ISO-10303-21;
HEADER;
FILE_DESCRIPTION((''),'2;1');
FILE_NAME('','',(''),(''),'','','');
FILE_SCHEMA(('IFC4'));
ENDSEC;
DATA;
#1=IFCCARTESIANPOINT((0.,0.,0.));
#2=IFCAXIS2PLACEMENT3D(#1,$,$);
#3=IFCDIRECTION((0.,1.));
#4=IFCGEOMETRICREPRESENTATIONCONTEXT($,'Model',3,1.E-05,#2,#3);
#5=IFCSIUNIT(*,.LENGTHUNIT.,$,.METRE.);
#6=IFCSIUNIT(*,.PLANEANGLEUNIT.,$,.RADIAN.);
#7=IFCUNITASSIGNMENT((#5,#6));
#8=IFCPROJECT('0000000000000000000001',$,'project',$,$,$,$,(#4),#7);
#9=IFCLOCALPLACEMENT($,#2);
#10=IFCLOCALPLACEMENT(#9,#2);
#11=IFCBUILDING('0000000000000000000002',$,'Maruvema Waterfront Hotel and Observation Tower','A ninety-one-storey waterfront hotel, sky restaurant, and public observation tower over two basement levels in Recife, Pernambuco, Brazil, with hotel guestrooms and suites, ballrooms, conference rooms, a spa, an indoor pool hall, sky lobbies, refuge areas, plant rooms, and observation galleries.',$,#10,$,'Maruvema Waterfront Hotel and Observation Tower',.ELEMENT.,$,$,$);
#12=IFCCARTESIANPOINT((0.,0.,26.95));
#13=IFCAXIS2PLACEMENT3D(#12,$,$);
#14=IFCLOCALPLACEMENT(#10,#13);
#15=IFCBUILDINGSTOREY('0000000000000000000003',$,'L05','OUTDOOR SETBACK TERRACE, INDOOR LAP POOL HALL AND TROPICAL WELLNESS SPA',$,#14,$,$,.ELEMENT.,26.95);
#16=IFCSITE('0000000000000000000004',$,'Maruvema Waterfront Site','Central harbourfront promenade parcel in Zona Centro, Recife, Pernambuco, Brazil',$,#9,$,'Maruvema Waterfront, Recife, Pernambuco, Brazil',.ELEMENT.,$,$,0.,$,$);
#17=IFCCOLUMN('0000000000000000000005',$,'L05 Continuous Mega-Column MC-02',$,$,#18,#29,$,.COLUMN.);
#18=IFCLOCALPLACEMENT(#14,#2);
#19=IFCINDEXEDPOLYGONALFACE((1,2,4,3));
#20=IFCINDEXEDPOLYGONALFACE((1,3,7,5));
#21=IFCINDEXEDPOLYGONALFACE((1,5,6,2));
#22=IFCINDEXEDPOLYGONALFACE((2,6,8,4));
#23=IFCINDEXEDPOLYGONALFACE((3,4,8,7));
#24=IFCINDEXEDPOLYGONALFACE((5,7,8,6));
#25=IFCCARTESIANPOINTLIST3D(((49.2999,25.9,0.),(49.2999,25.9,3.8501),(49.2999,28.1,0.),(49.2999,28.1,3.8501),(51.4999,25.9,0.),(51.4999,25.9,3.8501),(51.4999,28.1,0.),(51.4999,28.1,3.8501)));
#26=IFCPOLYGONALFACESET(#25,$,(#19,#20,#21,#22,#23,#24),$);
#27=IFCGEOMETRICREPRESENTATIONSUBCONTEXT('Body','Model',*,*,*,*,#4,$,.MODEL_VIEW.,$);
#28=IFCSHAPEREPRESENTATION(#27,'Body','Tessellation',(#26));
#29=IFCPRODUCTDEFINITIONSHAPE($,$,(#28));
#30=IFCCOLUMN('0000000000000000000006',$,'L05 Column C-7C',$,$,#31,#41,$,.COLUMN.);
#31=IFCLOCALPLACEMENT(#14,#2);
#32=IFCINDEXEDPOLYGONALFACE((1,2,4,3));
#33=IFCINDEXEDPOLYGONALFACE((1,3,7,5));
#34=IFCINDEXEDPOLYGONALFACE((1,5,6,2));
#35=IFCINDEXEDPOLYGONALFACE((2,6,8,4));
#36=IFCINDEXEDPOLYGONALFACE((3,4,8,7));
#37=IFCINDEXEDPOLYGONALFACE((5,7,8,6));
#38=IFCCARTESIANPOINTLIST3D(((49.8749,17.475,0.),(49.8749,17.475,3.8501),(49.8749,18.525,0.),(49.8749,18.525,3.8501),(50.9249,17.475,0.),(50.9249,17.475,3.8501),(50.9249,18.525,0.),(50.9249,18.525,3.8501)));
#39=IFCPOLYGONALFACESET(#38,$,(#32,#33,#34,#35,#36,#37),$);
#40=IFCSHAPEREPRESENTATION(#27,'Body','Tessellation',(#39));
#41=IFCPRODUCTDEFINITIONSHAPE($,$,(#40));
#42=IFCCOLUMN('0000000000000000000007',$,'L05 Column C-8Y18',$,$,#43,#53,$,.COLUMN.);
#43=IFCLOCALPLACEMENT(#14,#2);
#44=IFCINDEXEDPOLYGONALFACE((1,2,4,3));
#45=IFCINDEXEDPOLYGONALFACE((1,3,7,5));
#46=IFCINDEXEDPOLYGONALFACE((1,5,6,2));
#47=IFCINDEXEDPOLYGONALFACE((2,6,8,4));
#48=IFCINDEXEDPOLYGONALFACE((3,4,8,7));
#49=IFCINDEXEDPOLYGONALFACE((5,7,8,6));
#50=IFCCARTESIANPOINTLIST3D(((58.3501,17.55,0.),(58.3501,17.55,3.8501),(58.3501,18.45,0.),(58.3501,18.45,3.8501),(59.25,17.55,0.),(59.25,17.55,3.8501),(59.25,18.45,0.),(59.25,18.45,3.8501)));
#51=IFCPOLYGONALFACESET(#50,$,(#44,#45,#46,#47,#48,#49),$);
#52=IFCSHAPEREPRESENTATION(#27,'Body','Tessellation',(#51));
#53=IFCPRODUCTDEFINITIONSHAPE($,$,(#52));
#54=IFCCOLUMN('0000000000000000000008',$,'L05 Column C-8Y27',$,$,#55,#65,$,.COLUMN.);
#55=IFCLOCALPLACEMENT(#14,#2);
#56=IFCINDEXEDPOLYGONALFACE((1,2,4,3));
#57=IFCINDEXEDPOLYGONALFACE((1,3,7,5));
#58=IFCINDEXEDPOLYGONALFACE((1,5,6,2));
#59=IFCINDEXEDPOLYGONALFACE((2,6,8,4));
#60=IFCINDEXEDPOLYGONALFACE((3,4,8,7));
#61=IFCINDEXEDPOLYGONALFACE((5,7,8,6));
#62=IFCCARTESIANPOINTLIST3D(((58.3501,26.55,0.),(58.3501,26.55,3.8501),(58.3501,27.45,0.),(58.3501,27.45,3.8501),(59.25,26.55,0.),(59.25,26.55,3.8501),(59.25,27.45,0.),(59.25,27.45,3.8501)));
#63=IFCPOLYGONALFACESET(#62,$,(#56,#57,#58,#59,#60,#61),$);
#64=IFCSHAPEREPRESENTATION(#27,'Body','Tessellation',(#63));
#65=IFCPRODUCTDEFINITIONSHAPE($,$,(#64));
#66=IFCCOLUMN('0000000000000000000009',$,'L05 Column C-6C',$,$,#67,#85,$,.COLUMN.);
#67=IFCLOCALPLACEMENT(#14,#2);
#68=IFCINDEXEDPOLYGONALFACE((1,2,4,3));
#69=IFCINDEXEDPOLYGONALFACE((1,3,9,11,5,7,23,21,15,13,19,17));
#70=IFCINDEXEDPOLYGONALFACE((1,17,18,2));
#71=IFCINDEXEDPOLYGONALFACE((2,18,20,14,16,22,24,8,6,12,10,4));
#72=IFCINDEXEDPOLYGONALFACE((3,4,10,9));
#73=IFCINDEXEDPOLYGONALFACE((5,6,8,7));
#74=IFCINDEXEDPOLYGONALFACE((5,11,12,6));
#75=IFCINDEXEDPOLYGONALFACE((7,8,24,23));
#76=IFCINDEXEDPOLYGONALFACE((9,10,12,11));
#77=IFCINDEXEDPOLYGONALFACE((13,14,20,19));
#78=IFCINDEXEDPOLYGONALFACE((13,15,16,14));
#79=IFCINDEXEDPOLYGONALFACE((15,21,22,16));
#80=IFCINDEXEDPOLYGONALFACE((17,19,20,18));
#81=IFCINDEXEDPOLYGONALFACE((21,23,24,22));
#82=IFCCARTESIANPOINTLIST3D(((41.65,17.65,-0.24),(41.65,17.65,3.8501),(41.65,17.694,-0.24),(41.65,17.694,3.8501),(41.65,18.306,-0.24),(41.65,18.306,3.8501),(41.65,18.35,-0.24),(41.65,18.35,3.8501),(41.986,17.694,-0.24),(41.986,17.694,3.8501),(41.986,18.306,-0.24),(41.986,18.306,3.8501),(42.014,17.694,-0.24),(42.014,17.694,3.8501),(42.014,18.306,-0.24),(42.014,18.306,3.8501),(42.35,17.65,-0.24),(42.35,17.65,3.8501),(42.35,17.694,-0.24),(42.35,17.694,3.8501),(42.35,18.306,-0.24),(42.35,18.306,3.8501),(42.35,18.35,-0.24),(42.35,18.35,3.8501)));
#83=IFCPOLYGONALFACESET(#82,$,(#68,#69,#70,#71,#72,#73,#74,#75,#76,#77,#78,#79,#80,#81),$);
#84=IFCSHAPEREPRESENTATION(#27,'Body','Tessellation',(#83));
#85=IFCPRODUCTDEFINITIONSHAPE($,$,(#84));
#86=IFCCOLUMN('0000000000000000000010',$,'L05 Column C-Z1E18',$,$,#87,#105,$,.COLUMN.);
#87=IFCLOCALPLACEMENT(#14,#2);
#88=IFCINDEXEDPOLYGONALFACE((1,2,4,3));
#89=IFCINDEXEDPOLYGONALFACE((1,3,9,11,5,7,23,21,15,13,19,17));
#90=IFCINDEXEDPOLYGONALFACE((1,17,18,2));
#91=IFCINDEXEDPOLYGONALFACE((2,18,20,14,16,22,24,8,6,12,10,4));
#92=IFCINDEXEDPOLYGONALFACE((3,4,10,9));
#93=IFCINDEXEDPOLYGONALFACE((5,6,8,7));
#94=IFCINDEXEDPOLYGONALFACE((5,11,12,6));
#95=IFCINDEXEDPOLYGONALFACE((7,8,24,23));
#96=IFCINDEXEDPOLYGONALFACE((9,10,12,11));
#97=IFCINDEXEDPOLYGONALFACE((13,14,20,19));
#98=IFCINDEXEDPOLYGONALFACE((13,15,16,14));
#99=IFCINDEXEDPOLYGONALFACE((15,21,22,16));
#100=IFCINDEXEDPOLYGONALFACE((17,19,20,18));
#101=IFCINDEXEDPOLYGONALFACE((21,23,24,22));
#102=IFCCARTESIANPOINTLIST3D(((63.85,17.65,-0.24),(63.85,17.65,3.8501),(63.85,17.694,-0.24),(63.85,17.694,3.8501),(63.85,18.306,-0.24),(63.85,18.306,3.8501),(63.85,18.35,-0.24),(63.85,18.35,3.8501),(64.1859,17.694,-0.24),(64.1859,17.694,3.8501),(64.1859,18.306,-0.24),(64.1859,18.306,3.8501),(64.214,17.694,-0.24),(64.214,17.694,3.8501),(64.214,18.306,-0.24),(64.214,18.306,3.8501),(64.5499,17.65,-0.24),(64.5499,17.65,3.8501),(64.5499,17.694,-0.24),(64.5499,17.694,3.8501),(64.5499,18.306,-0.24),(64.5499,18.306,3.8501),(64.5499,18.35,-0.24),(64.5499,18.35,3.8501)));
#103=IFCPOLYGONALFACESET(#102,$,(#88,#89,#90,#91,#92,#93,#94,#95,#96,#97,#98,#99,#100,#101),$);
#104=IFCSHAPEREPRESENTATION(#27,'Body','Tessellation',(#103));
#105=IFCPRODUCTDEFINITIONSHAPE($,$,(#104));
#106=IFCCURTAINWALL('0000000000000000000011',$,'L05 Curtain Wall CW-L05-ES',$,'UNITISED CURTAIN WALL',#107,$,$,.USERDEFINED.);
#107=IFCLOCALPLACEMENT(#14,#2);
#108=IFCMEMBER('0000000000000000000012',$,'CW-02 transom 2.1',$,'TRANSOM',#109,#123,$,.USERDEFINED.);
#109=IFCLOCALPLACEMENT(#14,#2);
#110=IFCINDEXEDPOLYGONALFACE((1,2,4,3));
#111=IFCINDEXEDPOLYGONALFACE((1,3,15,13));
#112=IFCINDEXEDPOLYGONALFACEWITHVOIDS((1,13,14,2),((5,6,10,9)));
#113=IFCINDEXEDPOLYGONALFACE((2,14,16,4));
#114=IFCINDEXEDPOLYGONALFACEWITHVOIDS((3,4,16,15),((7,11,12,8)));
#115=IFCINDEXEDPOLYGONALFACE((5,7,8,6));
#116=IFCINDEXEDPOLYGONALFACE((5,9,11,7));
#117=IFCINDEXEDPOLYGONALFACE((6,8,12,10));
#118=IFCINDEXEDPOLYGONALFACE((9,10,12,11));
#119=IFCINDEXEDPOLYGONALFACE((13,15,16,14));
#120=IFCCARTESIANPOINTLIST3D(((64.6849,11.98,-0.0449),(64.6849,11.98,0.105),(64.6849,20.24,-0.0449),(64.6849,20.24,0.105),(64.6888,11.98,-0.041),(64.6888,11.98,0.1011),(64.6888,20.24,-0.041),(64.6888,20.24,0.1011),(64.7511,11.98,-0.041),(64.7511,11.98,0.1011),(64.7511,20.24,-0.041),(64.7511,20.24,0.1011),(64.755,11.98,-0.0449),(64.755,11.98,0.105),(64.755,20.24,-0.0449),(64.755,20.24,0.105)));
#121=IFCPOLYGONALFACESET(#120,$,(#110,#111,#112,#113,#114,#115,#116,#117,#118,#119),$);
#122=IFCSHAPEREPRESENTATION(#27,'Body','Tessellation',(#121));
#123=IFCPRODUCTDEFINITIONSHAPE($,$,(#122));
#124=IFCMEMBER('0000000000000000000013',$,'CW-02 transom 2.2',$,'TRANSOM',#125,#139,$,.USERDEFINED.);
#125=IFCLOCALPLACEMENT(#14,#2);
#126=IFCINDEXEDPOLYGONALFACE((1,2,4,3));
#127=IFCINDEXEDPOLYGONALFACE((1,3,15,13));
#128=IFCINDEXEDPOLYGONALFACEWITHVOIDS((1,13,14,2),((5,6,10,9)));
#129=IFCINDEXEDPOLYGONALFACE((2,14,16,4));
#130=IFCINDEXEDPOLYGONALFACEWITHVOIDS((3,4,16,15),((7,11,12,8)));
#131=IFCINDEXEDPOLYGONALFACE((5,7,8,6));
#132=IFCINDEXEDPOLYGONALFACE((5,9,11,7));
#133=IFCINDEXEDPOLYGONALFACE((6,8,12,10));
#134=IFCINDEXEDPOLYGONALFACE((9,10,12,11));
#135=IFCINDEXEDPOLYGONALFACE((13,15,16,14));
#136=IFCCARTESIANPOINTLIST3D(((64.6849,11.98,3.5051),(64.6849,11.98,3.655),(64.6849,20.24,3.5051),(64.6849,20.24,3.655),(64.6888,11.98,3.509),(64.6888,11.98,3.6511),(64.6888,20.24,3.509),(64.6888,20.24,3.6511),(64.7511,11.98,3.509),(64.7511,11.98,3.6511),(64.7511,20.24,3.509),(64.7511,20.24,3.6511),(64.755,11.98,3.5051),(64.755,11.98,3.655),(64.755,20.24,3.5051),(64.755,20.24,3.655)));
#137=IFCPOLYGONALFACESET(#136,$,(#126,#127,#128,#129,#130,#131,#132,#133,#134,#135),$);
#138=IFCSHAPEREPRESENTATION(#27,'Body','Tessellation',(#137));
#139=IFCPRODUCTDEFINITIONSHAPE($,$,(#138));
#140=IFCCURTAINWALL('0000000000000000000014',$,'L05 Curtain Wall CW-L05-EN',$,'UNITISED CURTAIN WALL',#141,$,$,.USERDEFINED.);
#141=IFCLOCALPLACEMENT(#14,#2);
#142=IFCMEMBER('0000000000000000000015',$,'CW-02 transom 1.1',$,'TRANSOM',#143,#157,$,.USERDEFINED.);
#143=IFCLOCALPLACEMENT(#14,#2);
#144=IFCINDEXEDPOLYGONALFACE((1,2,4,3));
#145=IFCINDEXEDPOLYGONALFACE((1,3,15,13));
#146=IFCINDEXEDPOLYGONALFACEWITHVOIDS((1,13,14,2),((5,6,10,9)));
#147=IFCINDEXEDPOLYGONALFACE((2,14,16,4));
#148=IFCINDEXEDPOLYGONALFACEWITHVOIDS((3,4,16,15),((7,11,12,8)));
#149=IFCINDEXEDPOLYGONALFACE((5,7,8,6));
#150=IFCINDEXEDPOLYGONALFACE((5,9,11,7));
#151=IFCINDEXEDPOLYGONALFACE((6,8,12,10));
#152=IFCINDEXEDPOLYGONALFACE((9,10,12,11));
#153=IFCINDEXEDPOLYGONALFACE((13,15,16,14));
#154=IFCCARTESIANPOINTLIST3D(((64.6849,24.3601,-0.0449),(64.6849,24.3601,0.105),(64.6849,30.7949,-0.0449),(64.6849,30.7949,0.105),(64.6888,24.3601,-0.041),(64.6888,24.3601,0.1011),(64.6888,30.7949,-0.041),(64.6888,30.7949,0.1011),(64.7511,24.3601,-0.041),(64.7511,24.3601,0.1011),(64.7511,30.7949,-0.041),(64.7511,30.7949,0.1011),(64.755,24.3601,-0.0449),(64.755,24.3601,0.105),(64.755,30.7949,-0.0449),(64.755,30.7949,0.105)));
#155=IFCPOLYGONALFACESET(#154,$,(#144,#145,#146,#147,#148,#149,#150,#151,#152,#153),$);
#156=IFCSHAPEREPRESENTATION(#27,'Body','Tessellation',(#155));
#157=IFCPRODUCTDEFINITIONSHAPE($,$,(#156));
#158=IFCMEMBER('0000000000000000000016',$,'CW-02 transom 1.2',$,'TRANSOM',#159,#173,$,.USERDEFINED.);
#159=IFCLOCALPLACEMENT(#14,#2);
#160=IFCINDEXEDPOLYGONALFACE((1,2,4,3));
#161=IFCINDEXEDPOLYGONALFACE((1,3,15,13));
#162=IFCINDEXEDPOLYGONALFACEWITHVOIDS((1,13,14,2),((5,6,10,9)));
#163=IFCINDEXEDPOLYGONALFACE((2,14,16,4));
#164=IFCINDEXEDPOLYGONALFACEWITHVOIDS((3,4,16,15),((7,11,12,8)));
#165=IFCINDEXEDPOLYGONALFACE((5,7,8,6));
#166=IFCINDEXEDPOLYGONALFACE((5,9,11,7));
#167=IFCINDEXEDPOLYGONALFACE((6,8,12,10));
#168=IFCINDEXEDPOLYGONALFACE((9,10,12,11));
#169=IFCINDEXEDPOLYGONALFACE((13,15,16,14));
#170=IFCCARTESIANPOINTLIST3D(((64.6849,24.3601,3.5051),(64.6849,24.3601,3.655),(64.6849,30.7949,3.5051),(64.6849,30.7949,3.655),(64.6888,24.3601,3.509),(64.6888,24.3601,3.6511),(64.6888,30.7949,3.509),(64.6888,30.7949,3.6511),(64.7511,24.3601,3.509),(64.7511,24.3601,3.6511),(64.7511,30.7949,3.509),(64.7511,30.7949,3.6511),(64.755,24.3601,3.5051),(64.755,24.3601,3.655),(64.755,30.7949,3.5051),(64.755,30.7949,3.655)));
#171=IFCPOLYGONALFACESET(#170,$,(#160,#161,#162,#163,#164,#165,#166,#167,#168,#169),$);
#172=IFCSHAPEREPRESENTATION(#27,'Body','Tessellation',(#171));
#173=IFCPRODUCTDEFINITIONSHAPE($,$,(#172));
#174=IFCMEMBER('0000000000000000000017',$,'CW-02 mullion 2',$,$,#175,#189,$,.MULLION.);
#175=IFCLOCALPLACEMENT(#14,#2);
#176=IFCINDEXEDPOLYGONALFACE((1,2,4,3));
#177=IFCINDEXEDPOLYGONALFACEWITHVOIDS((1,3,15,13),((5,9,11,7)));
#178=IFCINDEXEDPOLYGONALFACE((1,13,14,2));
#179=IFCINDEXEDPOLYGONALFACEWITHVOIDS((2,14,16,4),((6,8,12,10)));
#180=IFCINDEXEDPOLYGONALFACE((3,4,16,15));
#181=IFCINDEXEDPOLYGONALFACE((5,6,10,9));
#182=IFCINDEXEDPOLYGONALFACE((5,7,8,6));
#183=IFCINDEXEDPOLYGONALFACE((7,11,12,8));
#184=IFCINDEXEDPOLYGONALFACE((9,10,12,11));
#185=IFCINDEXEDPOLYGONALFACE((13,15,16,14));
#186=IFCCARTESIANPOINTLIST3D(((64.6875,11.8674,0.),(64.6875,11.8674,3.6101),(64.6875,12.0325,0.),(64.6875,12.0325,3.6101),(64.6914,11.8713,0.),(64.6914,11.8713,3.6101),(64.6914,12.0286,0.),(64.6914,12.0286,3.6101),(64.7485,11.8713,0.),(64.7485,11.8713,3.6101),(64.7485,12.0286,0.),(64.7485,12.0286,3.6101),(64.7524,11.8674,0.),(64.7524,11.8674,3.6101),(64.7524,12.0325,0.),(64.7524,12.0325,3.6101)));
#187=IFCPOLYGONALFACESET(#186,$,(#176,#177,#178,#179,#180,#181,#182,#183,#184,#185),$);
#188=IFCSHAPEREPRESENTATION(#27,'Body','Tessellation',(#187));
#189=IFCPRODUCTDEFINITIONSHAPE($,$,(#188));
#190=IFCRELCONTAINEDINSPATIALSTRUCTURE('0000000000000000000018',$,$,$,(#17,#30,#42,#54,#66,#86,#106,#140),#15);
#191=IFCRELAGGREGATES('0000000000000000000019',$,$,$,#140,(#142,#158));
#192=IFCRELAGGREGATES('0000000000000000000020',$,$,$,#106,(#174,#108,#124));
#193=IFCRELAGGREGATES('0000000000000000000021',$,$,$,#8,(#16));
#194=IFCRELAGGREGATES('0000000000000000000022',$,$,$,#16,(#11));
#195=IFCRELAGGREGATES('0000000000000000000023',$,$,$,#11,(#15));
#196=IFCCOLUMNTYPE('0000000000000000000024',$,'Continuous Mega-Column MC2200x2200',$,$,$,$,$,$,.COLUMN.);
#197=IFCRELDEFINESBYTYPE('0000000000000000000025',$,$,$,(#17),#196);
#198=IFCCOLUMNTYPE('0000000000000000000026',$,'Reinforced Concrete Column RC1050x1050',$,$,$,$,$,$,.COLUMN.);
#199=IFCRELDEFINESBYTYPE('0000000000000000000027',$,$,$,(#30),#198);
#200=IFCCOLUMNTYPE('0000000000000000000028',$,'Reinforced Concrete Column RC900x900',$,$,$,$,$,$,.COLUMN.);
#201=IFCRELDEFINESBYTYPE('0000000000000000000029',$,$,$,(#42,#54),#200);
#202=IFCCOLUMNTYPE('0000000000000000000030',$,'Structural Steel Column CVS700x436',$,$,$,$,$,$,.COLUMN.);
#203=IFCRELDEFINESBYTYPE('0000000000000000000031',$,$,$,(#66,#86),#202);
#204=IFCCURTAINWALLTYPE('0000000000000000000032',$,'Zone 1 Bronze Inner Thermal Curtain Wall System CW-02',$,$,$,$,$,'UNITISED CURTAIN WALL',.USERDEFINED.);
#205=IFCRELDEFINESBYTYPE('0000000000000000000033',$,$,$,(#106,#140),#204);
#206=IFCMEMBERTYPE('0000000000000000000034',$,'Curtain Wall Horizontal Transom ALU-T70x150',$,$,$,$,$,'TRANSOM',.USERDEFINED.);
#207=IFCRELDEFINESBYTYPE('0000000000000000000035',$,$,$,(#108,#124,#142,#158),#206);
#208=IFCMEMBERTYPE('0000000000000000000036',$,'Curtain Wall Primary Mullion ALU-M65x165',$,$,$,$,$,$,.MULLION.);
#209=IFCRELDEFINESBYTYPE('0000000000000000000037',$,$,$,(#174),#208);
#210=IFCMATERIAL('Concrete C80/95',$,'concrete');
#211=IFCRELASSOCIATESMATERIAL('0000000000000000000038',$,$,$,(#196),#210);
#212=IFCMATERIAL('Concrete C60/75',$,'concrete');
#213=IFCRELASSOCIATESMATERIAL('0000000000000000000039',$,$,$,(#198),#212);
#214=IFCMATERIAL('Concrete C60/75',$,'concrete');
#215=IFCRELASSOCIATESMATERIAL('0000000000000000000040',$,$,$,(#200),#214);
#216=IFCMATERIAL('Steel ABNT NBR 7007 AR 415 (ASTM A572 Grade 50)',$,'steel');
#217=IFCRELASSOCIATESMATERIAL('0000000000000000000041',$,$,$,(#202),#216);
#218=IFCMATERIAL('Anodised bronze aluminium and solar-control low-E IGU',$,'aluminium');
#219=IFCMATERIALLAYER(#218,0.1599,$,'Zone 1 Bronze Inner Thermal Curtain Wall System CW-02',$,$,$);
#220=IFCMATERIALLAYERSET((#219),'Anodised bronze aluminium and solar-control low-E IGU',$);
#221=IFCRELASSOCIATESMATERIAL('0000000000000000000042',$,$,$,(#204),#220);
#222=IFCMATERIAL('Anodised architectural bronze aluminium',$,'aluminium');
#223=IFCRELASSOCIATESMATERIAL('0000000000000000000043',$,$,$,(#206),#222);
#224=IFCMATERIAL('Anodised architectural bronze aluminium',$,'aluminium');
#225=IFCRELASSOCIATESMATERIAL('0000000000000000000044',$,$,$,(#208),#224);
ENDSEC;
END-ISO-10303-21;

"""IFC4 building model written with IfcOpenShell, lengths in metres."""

from ifc_helpers import new_model, si_unit, direction, frame, origin, origin_2d, place, context, subcontext, project, spatial, rectangle, hollow_rectangle, i_section, extrude, material, layer, layer_set, material_profile, profile_set, type_object, element, aggregate, save


model = new_model("IFC4")

# Units and contexts
model_context = context("Model", 3, precision=1e-05, world=origin(), true_north=direction((0.0, 1.0)))
body_context = subcontext(model_context, "Body", "Model", "MODEL_VIEW")
ifc_project = project(units=[si_unit("LENGTHUNIT", "METRE"), si_unit("PLANEANGLEUNIT", "RADIAN")], contexts=[model_context])

# Site, building, storey
site_placement = place(None, origin())
site = spatial("IfcSite", under=ifc_project, at=site_placement, Name="Maruvema Waterfront Site", Description="Central harbourfront promenade parcel in Zona Centro, Recife, Pernambuco, Brazil", LongName="Maruvema Waterfront, Recife, Pernambuco, Brazil", CompositionType="ELEMENT", RefElevation=0.0)
building_placement = place(site_placement, origin())
building = spatial("IfcBuilding", under=site, at=building_placement, Name="Maruvema Waterfront Hotel and Observation Tower", Description="A ninety-one-storey waterfront hotel, sky restaurant, and public observation tower over two basement levels in Recife, Pernambuco, Brazil, with hotel guestrooms and suites, ballrooms, conference rooms, a spa, an indoor pool hall, sky lobbies, refuge areas, plant rooms, and observation galleries.", LongName="Maruvema Waterfront Hotel and Observation Tower", CompositionType="ELEMENT")
storey_placement = place(building_placement, frame((0.0, 0.0, 26.95)))
storey = spatial("IfcBuildingStorey", under=building, at=storey_placement, Name="L05", Description="OUTDOOR SETBACK TERRACE, INDOOR LAP POOL HALL AND TROPICAL WELLNESS SPA", CompositionType="ELEMENT", Elevation=26.95)

# Columns
ifc_material_1 = material(Name="Concrete C80/95", Category="concrete")
ifc_material_profile_1 = material_profile(ifc_material_1, rectangle(XDim=2.2, YDim=2.2, at=origin_2d()), Name="MC2200x2200")
ifc_profile_set_1 = profile_set([ifc_material_profile_1], Name="Concrete C80/95")
column_type_1 = type_object("IfcColumnType", Name="Continuous Mega-Column MC2200x2200", PredefinedType="COLUMN", material=ifc_profile_set_1)
column_1_placement = place(storey_placement, frame((50.3999, 27.0, 0.0), z_axis=(0.0, 0.0, 1.0), x_axis=(1.0, 0.0, 0.0)))
element("IfcColumn", 1, at=column_1_placement, inside=storey, type_object=column_type_1, Name="L05 Continuous Mega-Column MC-02", PredefinedType="COLUMN", context=body_context, shape_type="SweptSolid", body=[
    extrude(rectangle(XDim=2.2, YDim=2.2, at=origin_2d()), origin(), (0.0, 0.0, 1.0), 3.8501),
])
ifc_material_2 = material(Name="Concrete C60/75", Category="concrete")
ifc_material_profile_2 = material_profile(ifc_material_2, rectangle(XDim=1.05, YDim=1.05, at=origin_2d()), Name="RC1050x1050")
ifc_profile_set_2 = profile_set([ifc_material_profile_2], Name="Concrete C60/75")
column_type_2 = type_object("IfcColumnType", Name="Reinforced Concrete Column RC1050x1050", PredefinedType="COLUMN", material=ifc_profile_set_2)
column_2_placement = place(storey_placement, frame((50.3999, 18.0, 0.0), z_axis=(0.0, 0.0, 1.0), x_axis=(1.0, 0.0, 0.0)))
element("IfcColumn", 2, at=column_2_placement, inside=storey, type_object=column_type_2, Name="L05 Column C-7C", PredefinedType="COLUMN", context=body_context, shape_type="SweptSolid", body=[
    extrude(rectangle(XDim=1.05, YDim=1.05, at=origin_2d()), origin(), (0.0, 0.0, 1.0), 3.8501),
])
ifc_material_3 = material(Name="Concrete C60/75", Category="concrete")
ifc_material_profile_3 = material_profile(ifc_material_3, rectangle(XDim=0.8999, YDim=0.8999, at=origin_2d()), Name="RC900x900")
ifc_profile_set_3 = profile_set([ifc_material_profile_3], Name="Concrete C60/75")
column_type_3 = type_object("IfcColumnType", Name="Reinforced Concrete Column RC900x900", PredefinedType="COLUMN", material=ifc_profile_set_3)
for number, where, z_axis, x_axis, name in (
    (3, (58.8, 18.0, 0.0), (0.0, 0.0, 1.0), (1.0, 0.0, 0.0), "L05 Column C-8Y18"),
    (4, (58.8, 27.0, 0.0), (0.0, 0.0, 1.0), (1.0, 0.0, 0.0), "L05 Column C-8Y27"),
):
    element("IfcColumn", number, at=place(storey_placement, frame(where, z_axis=z_axis, x_axis=x_axis)), inside=storey, type_object=column_type_3, Name=name, PredefinedType="COLUMN", context=body_context, shape_type="SweptSolid", body=[
        extrude(rectangle(XDim=0.8999, YDim=0.8999, at=origin_2d()), origin(), (0.0, 0.0, 1.0), 3.8501),
    ])
ifc_material_4 = material(Name="Steel ABNT NBR 7007 AR 415 (ASTM A572 Grade 50)", Category="steel")
ifc_material_profile_4 = material_profile(ifc_material_4, i_section(OverallWidth=0.7, OverallDepth=0.7, WebThickness=0.0281, FlangeThickness=0.0439, at=origin_2d()), Name="CVS700x436")
ifc_profile_set_4 = profile_set([ifc_material_profile_4], Name="Steel ABNT NBR 7007 AR 415 (ASTM A572 Grade 50)")
column_type_4 = type_object("IfcColumnType", Name="Structural Steel Column CVS700x436", PredefinedType="COLUMN", material=ifc_profile_set_4)
for number, where, z_axis, x_axis, name in (
    (5, (42.0, 18.0, -0.24), (0.0, 0.0, 1.0), (1.0, 0.0, 0.0), "L05 Column C-6C"),
    (6, (64.2, 18.0, -0.24), (0.0, 0.0, 1.0), (1.0, 0.0, 0.0), "L05 Column C-Z1E18"),
):
    element("IfcColumn", number, at=place(storey_placement, frame(where, z_axis=z_axis, x_axis=x_axis)), inside=storey, type_object=column_type_4, Name=name, PredefinedType="COLUMN", context=body_context, shape_type="SweptSolid", body=[
        extrude(i_section(OverallWidth=0.7, OverallDepth=0.7, WebThickness=0.0281, FlangeThickness=0.0439, at=origin_2d()), origin(), (0.0, 0.0, 1.0), 4.0901),
    ])

# Curtain walls, members
ifc_material_5 = material(Name="Anodised bronze aluminium and solar-control low-E IGU", Category="aluminium")
ifc_layer_1 = layer(ifc_material_5, 0.1599, Name="Zone 1 Bronze Inner Thermal Curtain Wall System CW-02")
ifc_layer_set_1 = layer_set([ifc_layer_1], Name="Anodised bronze aluminium and solar-control low-E IGU")
curtain_wall_type = type_object("IfcCurtainWallType", Name="Zone 1 Bronze Inner Thermal Curtain Wall System CW-02", ElementType="UNITISED CURTAIN WALL", PredefinedType="USERDEFINED", material=ifc_layer_set_1)
curtain_wall_1_placement = place(storey_placement, origin())
curtain_wall_1 = element("IfcCurtainWall", 7, at=curtain_wall_1_placement, inside=storey, type_object=curtain_wall_type, Name="L05 Curtain Wall CW-L05-ES", ObjectType="UNITISED CURTAIN WALL", PredefinedType="USERDEFINED")
ifc_material_6 = material(Name="Anodised architectural bronze aluminium", Category="aluminium")
ifc_material_profile_5 = material_profile(ifc_material_6, hollow_rectangle(XDim=0.0701, YDim=0.1499, WallThickness=0.0039, at=origin_2d()), Name="ALU-T70x150")
ifc_profile_set_5 = profile_set([ifc_material_profile_5], Name="Anodised architectural bronze aluminium")
member_type_1 = type_object("IfcMemberType", Name="Curtain Wall Horizontal Transom ALU-T70x150", ElementType="TRANSOM", PredefinedType="USERDEFINED", material=ifc_profile_set_5)
member_1_placement = place(storey_placement, frame((64.72, 11.98, 0.03), z_axis=(0.0, 1.0, 0.0), x_axis=(-1.0, 0.0, 0.0)))
member_1 = element("IfcMember", 8, at=member_1_placement, type_object=member_type_1, Name="CW-02 transom 2.1", ObjectType="TRANSOM", PredefinedType="USERDEFINED", context=body_context, shape_type="SweptSolid", body=[
    extrude(hollow_rectangle(XDim=0.0701, YDim=0.1499, WallThickness=0.0039, at=origin_2d()), origin(), (0.0, 0.0, 1.0), 8.26),
])
member_2_placement = place(storey_placement, frame((64.72, 11.98, 3.5801), z_axis=(0.0, 1.0, 0.0), x_axis=(-1.0, 0.0, 0.0)))
member_2 = element("IfcMember", 9, at=member_2_placement, type_object=member_type_1, Name="CW-02 transom 2.2", ObjectType="TRANSOM", PredefinedType="USERDEFINED", context=body_context, shape_type="SweptSolid", body=[
    extrude(hollow_rectangle(XDim=0.0701, YDim=0.1499, WallThickness=0.0039, at=origin_2d()), origin(), (0.0, 0.0, 1.0), 8.26),
])
curtain_wall_2_placement = place(storey_placement, origin())
curtain_wall_2 = element("IfcCurtainWall", 10, at=curtain_wall_2_placement, inside=storey, type_object=curtain_wall_type, Name="L05 Curtain Wall CW-L05-EN", ObjectType="UNITISED CURTAIN WALL", PredefinedType="USERDEFINED")
member_3_placement = place(storey_placement, frame((64.72, 24.3601, 0.03), z_axis=(0.0, 1.0, 0.0), x_axis=(-1.0, 0.0, 0.0)))
member_3 = element("IfcMember", 11, at=member_3_placement, type_object=member_type_1, Name="CW-02 transom 1.1", ObjectType="TRANSOM", PredefinedType="USERDEFINED", context=body_context, shape_type="SweptSolid", body=[
    extrude(hollow_rectangle(XDim=0.0701, YDim=0.1499, WallThickness=0.0039, at=origin_2d()), origin(), (0.0, 0.0, 1.0), 6.4348),
])
member_4_placement = place(storey_placement, frame((64.72, 24.3601, 3.5801), z_axis=(0.0, 1.0, 0.0), x_axis=(-1.0, 0.0, 0.0)))
member_4 = element("IfcMember", 12, at=member_4_placement, type_object=member_type_1, Name="CW-02 transom 1.2", ObjectType="TRANSOM", PredefinedType="USERDEFINED", context=body_context, shape_type="SweptSolid", body=[
    extrude(hollow_rectangle(XDim=0.0701, YDim=0.1499, WallThickness=0.0039, at=origin_2d()), origin(), (0.0, 0.0, 1.0), 6.4348),
])

# Member
ifc_material_7 = material(Name="Anodised architectural bronze aluminium", Category="aluminium")
ifc_material_profile_6 = material_profile(ifc_material_7, hollow_rectangle(XDim=0.0649, YDim=0.165, WallThickness=0.0039, at=origin_2d()), Name="ALU-M65x165")
ifc_profile_set_6 = profile_set([ifc_material_profile_6], Name="Anodised architectural bronze aluminium")
member_type_2 = type_object("IfcMemberType", Name="Curtain Wall Primary Mullion ALU-M65x165", PredefinedType="MULLION", material=ifc_profile_set_6)
member_5_placement = place(storey_placement, frame((64.72, 11.95, 0.0), z_axis=(0.0, 0.0, 1.0), x_axis=(-1.0, 0.0, 0.0)))
member_5 = element("IfcMember", 13, at=member_5_placement, type_object=member_type_2, Name="CW-02 mullion 2", PredefinedType="MULLION", context=body_context, shape_type="SweptSolid", body=[
    extrude(hollow_rectangle(XDim=0.0649, YDim=0.165, WallThickness=0.0039, at=origin_2d()), origin(), (0.0, 0.0, 1.0), 3.6101),
])
aggregate(curtain_wall_2, [member_3, member_4])

aggregate(curtain_wall_1, [member_5, member_1, member_2])

save(model, "model.ifc")
